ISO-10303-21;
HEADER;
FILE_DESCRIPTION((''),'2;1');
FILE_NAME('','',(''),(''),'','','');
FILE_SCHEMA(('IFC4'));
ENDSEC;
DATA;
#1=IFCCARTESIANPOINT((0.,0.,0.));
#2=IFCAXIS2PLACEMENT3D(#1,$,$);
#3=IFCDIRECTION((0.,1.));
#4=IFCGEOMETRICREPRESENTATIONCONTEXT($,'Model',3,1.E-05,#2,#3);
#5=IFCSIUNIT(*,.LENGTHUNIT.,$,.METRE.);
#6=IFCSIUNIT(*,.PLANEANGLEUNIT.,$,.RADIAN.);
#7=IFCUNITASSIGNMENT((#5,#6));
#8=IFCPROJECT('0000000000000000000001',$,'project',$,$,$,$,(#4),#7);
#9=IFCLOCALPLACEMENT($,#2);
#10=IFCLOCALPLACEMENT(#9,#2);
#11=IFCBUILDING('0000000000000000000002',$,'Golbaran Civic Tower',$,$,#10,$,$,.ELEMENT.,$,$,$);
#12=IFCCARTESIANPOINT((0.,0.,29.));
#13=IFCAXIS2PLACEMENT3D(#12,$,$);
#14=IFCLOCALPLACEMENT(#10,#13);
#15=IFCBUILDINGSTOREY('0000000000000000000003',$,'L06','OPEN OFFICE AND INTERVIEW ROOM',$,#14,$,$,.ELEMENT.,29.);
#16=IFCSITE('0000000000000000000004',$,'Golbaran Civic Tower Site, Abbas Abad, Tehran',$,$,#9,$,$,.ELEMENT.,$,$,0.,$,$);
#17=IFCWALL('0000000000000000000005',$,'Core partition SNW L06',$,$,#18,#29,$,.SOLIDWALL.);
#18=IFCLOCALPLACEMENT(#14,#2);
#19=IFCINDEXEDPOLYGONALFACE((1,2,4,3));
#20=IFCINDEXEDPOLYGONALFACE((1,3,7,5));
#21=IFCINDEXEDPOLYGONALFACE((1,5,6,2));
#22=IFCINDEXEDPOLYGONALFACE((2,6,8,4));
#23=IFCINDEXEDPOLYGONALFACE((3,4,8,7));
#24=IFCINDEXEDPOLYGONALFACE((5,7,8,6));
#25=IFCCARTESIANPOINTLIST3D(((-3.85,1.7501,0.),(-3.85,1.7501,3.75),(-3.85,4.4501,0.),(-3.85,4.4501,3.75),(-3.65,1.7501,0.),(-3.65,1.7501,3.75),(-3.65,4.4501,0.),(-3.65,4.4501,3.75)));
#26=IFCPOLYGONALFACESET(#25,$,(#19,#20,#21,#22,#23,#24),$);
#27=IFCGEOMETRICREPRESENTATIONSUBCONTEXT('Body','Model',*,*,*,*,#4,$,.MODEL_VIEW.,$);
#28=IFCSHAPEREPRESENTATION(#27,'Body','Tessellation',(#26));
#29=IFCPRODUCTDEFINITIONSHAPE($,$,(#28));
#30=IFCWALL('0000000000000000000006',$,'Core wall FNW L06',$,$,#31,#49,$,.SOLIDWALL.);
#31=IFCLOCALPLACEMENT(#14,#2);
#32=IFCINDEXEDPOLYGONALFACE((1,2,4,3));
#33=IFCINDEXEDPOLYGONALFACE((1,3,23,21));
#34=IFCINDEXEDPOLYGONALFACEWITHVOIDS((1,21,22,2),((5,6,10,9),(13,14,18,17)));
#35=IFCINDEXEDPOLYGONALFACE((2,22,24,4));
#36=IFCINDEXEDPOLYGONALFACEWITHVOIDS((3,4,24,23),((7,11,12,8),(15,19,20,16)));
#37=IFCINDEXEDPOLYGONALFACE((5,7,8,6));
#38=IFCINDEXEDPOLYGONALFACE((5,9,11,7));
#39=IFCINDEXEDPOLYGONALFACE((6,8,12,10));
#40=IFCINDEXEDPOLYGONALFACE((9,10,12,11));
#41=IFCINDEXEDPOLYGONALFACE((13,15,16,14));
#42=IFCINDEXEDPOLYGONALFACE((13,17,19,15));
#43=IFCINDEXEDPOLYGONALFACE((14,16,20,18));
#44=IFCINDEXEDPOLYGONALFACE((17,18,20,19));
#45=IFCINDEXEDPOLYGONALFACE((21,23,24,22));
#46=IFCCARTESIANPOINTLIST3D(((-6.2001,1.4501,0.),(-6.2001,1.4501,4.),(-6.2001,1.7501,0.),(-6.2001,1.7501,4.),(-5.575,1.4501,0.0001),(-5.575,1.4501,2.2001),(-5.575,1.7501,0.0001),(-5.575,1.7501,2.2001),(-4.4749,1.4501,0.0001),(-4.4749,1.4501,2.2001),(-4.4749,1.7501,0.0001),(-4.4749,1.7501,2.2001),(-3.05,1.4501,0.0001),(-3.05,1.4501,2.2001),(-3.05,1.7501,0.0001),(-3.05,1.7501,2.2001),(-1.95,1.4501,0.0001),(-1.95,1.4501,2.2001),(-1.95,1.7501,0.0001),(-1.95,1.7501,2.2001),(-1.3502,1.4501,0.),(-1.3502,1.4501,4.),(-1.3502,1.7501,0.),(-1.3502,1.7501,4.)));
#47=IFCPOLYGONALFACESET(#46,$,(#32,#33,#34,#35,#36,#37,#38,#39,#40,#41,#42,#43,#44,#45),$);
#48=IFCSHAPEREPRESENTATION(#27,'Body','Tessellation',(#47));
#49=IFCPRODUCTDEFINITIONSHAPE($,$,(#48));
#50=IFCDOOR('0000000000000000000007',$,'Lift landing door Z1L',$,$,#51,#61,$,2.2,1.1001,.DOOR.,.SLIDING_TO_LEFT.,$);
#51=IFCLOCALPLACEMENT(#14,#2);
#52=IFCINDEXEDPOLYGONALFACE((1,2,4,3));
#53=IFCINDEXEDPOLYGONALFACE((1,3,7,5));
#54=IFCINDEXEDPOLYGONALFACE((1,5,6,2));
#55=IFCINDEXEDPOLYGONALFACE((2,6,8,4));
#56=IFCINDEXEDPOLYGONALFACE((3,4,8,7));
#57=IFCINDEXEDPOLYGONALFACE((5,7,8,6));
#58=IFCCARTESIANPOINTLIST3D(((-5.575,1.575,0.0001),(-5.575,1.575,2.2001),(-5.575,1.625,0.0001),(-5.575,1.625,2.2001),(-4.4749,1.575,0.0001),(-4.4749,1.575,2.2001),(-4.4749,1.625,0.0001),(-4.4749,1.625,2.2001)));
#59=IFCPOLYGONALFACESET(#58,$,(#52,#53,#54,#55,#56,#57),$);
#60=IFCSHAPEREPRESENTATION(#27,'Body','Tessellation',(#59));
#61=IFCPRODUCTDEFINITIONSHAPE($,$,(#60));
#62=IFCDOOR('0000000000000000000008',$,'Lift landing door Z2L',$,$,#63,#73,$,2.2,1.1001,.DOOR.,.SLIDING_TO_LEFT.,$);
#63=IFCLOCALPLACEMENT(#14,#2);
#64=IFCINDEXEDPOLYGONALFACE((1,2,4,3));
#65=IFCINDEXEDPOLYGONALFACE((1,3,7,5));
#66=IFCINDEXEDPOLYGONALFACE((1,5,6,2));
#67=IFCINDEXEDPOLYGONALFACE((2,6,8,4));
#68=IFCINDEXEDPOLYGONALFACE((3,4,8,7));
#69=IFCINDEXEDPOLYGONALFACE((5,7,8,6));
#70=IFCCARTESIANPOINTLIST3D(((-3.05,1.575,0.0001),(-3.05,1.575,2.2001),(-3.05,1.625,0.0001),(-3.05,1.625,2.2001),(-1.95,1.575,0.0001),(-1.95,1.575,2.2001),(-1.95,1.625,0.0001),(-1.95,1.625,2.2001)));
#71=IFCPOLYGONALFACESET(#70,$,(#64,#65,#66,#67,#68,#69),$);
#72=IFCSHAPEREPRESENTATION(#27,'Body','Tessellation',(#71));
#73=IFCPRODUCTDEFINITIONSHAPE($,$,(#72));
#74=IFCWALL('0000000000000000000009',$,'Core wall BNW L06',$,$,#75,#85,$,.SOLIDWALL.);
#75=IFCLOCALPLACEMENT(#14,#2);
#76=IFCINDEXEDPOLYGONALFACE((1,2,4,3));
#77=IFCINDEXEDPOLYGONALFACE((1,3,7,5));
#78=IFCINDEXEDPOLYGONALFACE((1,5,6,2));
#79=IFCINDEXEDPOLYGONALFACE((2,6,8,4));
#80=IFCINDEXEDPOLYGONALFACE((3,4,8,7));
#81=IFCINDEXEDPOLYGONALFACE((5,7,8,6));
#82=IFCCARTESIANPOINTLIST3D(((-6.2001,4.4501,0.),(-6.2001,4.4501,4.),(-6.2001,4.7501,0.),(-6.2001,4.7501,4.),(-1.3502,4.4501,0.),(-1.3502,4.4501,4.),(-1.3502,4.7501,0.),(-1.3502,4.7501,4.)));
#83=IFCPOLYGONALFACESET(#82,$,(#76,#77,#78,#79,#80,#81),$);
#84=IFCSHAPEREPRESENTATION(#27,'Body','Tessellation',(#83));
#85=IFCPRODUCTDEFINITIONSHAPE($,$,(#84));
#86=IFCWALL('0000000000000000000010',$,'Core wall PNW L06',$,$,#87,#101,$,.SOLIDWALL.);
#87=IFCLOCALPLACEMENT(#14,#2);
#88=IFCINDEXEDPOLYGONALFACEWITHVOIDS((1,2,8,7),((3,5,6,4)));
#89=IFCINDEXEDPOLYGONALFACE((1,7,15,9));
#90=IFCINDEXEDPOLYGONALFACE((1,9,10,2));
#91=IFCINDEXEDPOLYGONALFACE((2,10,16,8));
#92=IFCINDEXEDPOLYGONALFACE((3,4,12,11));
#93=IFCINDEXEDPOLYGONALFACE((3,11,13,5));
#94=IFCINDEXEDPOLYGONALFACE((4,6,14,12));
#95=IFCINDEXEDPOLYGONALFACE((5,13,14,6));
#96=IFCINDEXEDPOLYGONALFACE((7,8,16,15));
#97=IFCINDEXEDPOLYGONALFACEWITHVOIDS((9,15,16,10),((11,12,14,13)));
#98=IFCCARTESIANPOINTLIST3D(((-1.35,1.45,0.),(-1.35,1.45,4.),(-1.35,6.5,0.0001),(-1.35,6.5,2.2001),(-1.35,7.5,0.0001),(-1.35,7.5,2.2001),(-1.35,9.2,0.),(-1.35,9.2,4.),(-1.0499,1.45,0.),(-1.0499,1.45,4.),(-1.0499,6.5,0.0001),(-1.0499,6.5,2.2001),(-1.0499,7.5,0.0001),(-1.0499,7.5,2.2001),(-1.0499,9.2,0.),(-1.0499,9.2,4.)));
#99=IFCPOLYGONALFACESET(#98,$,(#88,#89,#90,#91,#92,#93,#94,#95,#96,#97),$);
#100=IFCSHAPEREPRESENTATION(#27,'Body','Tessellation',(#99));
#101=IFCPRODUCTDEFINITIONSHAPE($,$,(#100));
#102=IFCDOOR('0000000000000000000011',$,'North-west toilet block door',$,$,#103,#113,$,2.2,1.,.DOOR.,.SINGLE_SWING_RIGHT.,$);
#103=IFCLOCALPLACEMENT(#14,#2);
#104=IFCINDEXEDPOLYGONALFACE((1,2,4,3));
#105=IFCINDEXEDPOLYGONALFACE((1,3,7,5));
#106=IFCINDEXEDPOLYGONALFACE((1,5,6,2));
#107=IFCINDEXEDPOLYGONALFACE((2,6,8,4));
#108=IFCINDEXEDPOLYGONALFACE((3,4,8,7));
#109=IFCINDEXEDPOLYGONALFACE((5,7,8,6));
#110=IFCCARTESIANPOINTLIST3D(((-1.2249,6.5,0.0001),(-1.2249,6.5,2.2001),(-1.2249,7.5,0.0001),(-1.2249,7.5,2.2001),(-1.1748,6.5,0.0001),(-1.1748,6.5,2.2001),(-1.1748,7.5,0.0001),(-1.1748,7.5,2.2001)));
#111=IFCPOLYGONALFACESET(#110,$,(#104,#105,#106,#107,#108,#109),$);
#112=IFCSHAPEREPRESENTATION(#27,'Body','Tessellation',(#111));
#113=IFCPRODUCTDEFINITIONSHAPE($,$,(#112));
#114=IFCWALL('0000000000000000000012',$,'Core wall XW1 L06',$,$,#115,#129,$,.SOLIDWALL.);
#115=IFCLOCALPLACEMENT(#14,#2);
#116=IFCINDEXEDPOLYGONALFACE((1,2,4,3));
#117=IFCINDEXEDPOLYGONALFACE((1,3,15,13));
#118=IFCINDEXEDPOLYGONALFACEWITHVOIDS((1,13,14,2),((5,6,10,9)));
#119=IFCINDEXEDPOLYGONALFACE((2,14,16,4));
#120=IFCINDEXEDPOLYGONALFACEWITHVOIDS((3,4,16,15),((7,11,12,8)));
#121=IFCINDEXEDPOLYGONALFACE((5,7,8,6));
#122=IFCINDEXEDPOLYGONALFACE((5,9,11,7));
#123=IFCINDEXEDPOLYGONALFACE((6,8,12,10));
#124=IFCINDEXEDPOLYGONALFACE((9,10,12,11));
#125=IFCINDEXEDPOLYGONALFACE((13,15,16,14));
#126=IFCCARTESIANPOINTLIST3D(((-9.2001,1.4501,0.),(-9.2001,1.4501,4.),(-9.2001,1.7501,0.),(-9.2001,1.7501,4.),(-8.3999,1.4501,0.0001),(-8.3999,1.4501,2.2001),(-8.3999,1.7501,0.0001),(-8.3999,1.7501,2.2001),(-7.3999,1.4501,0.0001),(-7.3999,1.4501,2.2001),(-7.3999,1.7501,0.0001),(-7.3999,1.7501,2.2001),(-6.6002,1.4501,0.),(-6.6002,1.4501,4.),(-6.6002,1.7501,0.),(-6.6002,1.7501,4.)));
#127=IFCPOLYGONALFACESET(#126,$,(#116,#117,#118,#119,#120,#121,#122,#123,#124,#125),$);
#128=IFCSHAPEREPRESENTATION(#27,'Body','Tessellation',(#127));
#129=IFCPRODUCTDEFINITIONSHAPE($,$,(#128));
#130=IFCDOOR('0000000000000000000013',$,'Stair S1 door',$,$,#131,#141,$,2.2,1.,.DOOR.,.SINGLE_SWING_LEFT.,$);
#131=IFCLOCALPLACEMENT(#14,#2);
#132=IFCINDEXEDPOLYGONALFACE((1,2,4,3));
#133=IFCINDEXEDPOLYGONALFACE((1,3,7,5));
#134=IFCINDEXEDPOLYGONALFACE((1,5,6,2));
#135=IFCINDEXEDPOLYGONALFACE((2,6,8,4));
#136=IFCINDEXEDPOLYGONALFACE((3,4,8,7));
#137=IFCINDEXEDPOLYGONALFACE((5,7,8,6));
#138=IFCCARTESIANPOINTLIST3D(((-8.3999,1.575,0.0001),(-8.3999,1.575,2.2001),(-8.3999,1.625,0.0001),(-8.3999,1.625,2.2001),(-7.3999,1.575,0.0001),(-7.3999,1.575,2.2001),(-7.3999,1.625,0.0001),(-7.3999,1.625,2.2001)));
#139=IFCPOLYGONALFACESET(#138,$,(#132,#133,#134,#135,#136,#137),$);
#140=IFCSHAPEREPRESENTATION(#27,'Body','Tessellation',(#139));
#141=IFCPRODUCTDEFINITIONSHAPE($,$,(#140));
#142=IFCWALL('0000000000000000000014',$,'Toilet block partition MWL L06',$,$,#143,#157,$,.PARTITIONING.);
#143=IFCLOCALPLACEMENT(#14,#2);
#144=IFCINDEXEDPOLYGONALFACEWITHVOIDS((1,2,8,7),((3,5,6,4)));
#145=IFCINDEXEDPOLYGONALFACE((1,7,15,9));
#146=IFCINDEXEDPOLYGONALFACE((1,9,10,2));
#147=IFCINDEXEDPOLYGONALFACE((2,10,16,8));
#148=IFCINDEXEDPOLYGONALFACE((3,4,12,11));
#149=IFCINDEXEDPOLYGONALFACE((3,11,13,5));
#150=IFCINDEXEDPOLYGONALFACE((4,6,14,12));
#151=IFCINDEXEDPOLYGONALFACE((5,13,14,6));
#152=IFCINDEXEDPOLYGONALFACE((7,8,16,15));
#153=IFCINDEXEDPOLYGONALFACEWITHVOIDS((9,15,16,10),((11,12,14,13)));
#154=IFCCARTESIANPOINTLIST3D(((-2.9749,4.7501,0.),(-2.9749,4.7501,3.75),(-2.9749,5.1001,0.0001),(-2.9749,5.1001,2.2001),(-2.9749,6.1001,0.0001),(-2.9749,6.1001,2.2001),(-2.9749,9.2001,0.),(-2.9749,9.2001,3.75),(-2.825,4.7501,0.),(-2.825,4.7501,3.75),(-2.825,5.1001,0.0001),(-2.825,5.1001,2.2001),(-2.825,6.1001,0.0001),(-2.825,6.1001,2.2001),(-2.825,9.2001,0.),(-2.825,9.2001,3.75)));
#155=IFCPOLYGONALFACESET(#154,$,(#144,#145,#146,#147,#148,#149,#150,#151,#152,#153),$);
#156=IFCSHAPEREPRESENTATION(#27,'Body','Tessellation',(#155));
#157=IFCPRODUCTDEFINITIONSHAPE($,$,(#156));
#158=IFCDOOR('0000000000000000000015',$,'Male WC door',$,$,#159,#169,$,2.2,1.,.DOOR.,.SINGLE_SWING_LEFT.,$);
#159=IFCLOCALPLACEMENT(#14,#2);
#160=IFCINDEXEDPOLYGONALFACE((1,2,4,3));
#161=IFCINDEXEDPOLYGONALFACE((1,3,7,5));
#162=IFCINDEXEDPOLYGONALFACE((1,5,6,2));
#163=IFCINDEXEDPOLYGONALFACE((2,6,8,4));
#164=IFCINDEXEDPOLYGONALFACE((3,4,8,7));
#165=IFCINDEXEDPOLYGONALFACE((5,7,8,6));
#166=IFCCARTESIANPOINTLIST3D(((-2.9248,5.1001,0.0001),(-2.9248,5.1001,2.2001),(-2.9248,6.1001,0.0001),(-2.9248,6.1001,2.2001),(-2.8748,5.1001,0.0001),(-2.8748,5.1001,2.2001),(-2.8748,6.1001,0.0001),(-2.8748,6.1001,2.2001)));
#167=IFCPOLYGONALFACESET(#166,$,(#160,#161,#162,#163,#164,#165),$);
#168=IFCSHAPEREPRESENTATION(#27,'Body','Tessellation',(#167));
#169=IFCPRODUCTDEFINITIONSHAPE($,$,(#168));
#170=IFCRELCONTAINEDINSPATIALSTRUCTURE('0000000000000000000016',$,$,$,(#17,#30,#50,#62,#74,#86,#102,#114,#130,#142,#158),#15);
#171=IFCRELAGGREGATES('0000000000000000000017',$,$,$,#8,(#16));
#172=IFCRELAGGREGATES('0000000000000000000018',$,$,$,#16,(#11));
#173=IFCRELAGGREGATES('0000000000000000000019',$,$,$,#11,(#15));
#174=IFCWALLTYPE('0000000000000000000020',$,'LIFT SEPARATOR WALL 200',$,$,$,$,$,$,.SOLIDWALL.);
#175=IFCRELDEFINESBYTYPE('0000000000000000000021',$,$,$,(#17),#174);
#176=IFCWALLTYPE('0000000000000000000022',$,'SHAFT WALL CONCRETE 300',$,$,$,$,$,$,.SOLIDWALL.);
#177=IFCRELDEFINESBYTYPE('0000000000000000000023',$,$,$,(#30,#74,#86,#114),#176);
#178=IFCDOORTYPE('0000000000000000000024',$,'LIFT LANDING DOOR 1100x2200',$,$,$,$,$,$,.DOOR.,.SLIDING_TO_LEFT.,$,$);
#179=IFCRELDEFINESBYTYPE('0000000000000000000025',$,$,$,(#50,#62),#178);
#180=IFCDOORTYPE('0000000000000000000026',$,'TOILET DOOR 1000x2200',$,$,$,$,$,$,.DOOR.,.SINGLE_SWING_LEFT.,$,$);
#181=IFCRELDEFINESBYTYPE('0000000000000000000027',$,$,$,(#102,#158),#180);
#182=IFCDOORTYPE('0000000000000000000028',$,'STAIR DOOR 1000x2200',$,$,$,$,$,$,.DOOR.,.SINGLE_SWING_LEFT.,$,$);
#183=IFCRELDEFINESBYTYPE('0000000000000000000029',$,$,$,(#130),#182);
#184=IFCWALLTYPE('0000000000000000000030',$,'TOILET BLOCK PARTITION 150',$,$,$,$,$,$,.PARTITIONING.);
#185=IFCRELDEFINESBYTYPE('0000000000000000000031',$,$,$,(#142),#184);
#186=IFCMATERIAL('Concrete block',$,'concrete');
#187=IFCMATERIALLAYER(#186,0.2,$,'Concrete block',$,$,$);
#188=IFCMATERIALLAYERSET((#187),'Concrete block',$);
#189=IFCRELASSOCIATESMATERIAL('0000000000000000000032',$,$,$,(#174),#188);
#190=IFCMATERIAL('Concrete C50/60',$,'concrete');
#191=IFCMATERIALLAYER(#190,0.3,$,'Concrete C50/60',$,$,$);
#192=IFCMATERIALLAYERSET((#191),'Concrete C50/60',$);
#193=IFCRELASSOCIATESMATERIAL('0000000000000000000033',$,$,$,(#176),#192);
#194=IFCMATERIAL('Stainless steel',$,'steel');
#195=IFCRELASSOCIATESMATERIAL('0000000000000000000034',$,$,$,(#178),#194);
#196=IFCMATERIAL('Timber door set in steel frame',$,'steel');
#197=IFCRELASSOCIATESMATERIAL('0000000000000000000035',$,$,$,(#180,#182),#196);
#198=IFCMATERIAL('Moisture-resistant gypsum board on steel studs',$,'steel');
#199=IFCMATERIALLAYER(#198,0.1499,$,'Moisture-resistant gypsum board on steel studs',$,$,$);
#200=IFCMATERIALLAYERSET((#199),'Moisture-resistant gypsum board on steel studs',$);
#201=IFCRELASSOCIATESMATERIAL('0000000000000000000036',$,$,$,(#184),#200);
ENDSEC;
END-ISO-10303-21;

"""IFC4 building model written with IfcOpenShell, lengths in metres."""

from ifc_helpers import new_model, si_unit, direction, frame, frame_2d, origin, place, context, subcontext, project, spatial, rectangle, extrude, material, layer, layer_set, type_object, element, fill, save


model = new_model("IFC4")

# Units and contexts
model_context = context("Model", 3, precision=1e-05, world=origin(), true_north=direction((0.0, 1.0)))
body_context = subcontext(model_context, "Body", "Model", "MODEL_VIEW")
ifc_project = project(units=[si_unit("LENGTHUNIT", "METRE"), si_unit("PLANEANGLEUNIT", "RADIAN")], contexts=[model_context])

# Site, building, storey
site_placement = place(None, origin())
site = spatial("IfcSite", under=ifc_project, at=site_placement, Name="Golbaran Civic Tower Site, Abbas Abad, Tehran", CompositionType="ELEMENT", RefElevation=0.0)
building_placement = place(site_placement, origin())
building = spatial("IfcBuilding", under=site, at=building_placement, Name="Golbaran Civic Tower", CompositionType="ELEMENT")
storey_placement = place(building_placement, frame((0.0, 0.0, 29.0)))
storey = spatial("IfcBuildingStorey", under=building, at=storey_placement, Name="L06", Description="OPEN OFFICE AND INTERVIEW ROOM", CompositionType="ELEMENT", Elevation=29.0)

# Wall
ifc_material_1 = material(Name="Concrete block", Category="concrete")
ifc_layer_1 = layer(ifc_material_1, 0.2, Name="Concrete block")
ifc_layer_set_1 = layer_set([ifc_layer_1], Name="Concrete block")
wall_type_1 = type_object("IfcWallType", Name="LIFT SEPARATOR WALL 200", PredefinedType="SOLIDWALL", material=ifc_layer_set_1)
wall_1_placement = place(storey_placement, frame((-3.75, 1.75, 0.0), z_axis=(0.0, 0.0, 1.0), x_axis=(0.0, 1.0, 0.0)))
element("IfcWall", 1, at=wall_1_placement, inside=storey, type_object=wall_type_1, Name="Core partition SNW L06", PredefinedType="SOLIDWALL", context=body_context, shape_type="SweptSolid", body=[
    extrude(rectangle(XDim=2.7, YDim=0.2, at=frame_2d((1.3501, 0.0))), origin(), (0.0, 0.0, 1.0), 3.75),
])

# Wall, openings, doors
ifc_material_2 = material(Name="Concrete C50/60", Category="concrete")
ifc_layer_2 = layer(ifc_material_2, 0.3, Name="Concrete C50/60")
ifc_layer_set_2 = layer_set([ifc_layer_2], Name="Concrete C50/60")
wall_type_2 = type_object("IfcWallType", Name="SHAFT WALL CONCRETE 300", PredefinedType="SOLIDWALL", material=ifc_layer_set_2)
wall_2_placement = place(storey_placement, frame((-6.2, 1.6001, 0.0), z_axis=(0.0, 0.0, 1.0), x_axis=(1.0, 0.0, 0.0)))
wall_2 = element("IfcWall", 2, at=wall_2_placement, inside=storey, type_object=wall_type_2, Name="Core wall FNW L06", PredefinedType="SOLIDWALL", context=body_context, shape_type="SweptSolid", body=[
    extrude(rectangle(XDim=4.8499, YDim=0.3, at=frame_2d((2.4248, 0.0))), origin(), (0.0, 0.0, 1.0), 4.0),
])
opening_1_placement = place(wall_2_placement, frame((0.625, 0.0, 0.0)))
opening_1 = element("IfcOpeningElement", 3, at=opening_1_placement, cuts=wall_2, PredefinedType="OPENING", context=body_context, shape_type="SweptSolid", body=[
    extrude(rectangle(XDim=1.1001, YDim=2.2, at=frame_2d((0.55, 1.1001))), frame((0.0, 0.1599, 0.0), z_axis=(0.0, -1.0, 0.0), x_axis=(1.0, 0.0, 0.0)), (0.0, 0.0, 1.0), 0.3201),
])
opening_2_placement = place(wall_2_placement, frame((3.1499, 0.0, 0.0)))
opening_2 = element("IfcOpeningElement", 4, at=opening_2_placement, cuts=wall_2, PredefinedType="OPENING", context=body_context, shape_type="SweptSolid", body=[
    extrude(rectangle(XDim=1.1001, YDim=2.2, at=frame_2d((0.55, 1.1001))), frame((0.0, 0.1599, 0.0), z_axis=(0.0, -1.0, 0.0), x_axis=(1.0, 0.0, 0.0)), (0.0, 0.0, 1.0), 0.3201),
])
ifc_material_3 = material(Name="Stainless steel", Category="steel")
door_type_1 = type_object("IfcDoorType", Name="LIFT LANDING DOOR 1100x2200", OperationType="SLIDING_TO_LEFT", PredefinedType="DOOR", material=ifc_material_3)
door_1_placement = place(opening_1_placement, origin())
door_1 = element("IfcDoor", 5, at=door_1_placement, inside=storey, type_object=door_type_1, Name="Lift landing door Z1L", OperationType="SLIDING_TO_LEFT", OverallHeight=2.2, OverallWidth=1.1001, PredefinedType="DOOR", context=body_context, shape_type="SweptSolid", body=[
    extrude(rectangle(XDim=1.1001, YDim=2.2, at=frame_2d((0.55, 1.1001))), frame((0.0, 0.0249, 0.0), z_axis=(0.0, -1.0, 0.0), x_axis=(1.0, 0.0, 0.0)), (0.0, 0.0, 1.0), 0.05),
])
fill(opening_1, door_1)
door_2_placement = place(opening_2_placement, origin())
door_2 = element("IfcDoor", 6, at=door_2_placement, inside=storey, type_object=door_type_1, Name="Lift landing door Z2L", OperationType="SLIDING_TO_LEFT", OverallHeight=2.2, OverallWidth=1.1001, PredefinedType="DOOR", context=body_context, shape_type="SweptSolid", body=[
    extrude(rectangle(XDim=1.1001, YDim=2.2, at=frame_2d((0.55, 1.1001))), frame((0.0, 0.0249, 0.0), z_axis=(0.0, -1.0, 0.0), x_axis=(1.0, 0.0, 0.0)), (0.0, 0.0, 1.0), 0.05),
])
fill(opening_2, door_2)

# Wall
wall_3_placement = place(storey_placement, frame((-6.2, 4.6001, 0.0), z_axis=(0.0, 0.0, 1.0), x_axis=(1.0, 0.0, 0.0)))
element("IfcWall", 7, at=wall_3_placement, inside=storey, type_object=wall_type_2, Name="Core wall BNW L06", PredefinedType="SOLIDWALL", context=body_context, shape_type="SweptSolid", body=[
    extrude(rectangle(XDim=4.8499, YDim=0.3, at=frame_2d((2.4248, 0.0))), origin(), (0.0, 0.0, 1.0), 4.0),
])

# Walls, openings, doors
wall_4_placement = place(storey_placement, frame((-1.2, 1.45, 0.0), z_axis=(0.0, 0.0, 1.0), x_axis=(0.0, 1.0, 0.0)))
wall_4 = element("IfcWall", 8, at=wall_4_placement, inside=storey, type_object=wall_type_2, Name="Core wall PNW L06", PredefinedType="SOLIDWALL", context=body_context, shape_type="SweptSolid", body=[
    extrude(rectangle(XDim=7.75, YDim=0.3, at=frame_2d((3.875, 0.0))), origin(), (0.0, 0.0, 1.0), 4.0),
])
opening_3_placement = place(wall_4_placement, frame((5.05, 0.0, 0.0)))
opening_3 = element("IfcOpeningElement", 9, at=opening_3_placement, cuts=wall_4, PredefinedType="OPENING", context=body_context, shape_type="SweptSolid", body=[
    extrude(rectangle(XDim=1.0, YDim=2.2, at=frame_2d((0.5, 1.1001))), frame((0.0, 0.1599, 0.0), z_axis=(0.0, -1.0, 0.0), x_axis=(1.0, 0.0, 0.0)), (0.0, 0.0, 1.0), 0.3201),
])
ifc_material_4 = material(Name="Timber door set in steel frame", Category="steel")
door_type_2 = type_object("IfcDoorType", Name="TOILET DOOR 1000x2200", OperationType="SINGLE_SWING_LEFT", PredefinedType="DOOR", material=ifc_material_4)
door_3_placement = place(opening_3_placement, origin())
door_3 = element("IfcDoor", 10, at=door_3_placement, inside=storey, type_object=door_type_2, Name="North-west toilet block door", OperationType="SINGLE_SWING_RIGHT", OverallHeight=2.2, OverallWidth=1.0, PredefinedType="DOOR", context=body_context, shape_type="SweptSolid", body=[
    extrude(rectangle(XDim=1.0, YDim=2.2, at=frame_2d((0.5, 1.1001))), frame((0.0, 0.0249, 0.0), z_axis=(0.0, -1.0, 0.0), x_axis=(1.0, 0.0, 0.0)), (0.0, 0.0, 1.0), 0.05),
])
fill(opening_3, door_3)
wall_5_placement = place(storey_placement, frame((-9.2, 1.6001, 0.0), z_axis=(0.0, 0.0, 1.0), x_axis=(1.0, 0.0, 0.0)))
wall_5 = element("IfcWall", 11, at=wall_5_placement, inside=storey, type_object=wall_type_2, Name="Core wall XW1 L06", PredefinedType="SOLIDWALL", context=body_context, shape_type="SweptSolid", body=[
    extrude(rectangle(XDim=2.5999, YDim=0.3, at=frame_2d((1.2998, 0.0))), origin(), (0.0, 0.0, 1.0), 4.0),
])
opening_4_placement = place(wall_5_placement, frame((0.8, 0.0, 0.0)))
opening_4 = element("IfcOpeningElement", 12, at=opening_4_placement, cuts=wall_5, PredefinedType="OPENING", context=body_context, shape_type="SweptSolid", body=[
    extrude(rectangle(XDim=1.0, YDim=2.2, at=frame_2d((0.5, 1.1001))), frame((0.0, 0.1599, 0.0), z_axis=(0.0, -1.0, 0.0), x_axis=(1.0, 0.0, 0.0)), (0.0, 0.0, 1.0), 0.3201),
])
door_type_3 = type_object("IfcDoorType", Name="STAIR DOOR 1000x2200", OperationType="SINGLE_SWING_LEFT", PredefinedType="DOOR", material=ifc_material_4)
door_4_placement = place(opening_4_placement, origin())
door_4 = element("IfcDoor", 13, at=door_4_placement, inside=storey, type_object=door_type_3, Name="Stair S1 door", OperationType="SINGLE_SWING_LEFT", OverallHeight=2.2, OverallWidth=1.0, PredefinedType="DOOR", context=body_context, shape_type="SweptSolid", body=[
    extrude(rectangle(XDim=1.0, YDim=2.2, at=frame_2d((0.5, 1.1001))), frame((0.0, 0.0249, 0.0), z_axis=(0.0, -1.0, 0.0), x_axis=(1.0, 0.0, 0.0)), (0.0, 0.0, 1.0), 0.05),
])
fill(opening_4, door_4)
ifc_material_5 = material(Name="Moisture-resistant gypsum board on steel studs", Category="steel")
ifc_layer_3 = layer(ifc_material_5, 0.1499, Name="Moisture-resistant gypsum board on steel studs")
ifc_layer_set_3 = layer_set([ifc_layer_3], Name="Moisture-resistant gypsum board on steel studs")
wall_type_3 = type_object("IfcWallType", Name="TOILET BLOCK PARTITION 150", PredefinedType="PARTITIONING", material=ifc_layer_set_3)
wall_6_placement = place(storey_placement, frame((-2.8999, 4.75, 0.0), z_axis=(0.0, 0.0, 1.0), x_axis=(0.0, 1.0, 0.0)))
wall_6 = element("IfcWall", 14, at=wall_6_placement, inside=storey, type_object=wall_type_3, Name="Toilet block partition MWL L06", PredefinedType="PARTITIONING", context=body_context, shape_type="SweptSolid", body=[
    extrude(rectangle(XDim=4.45, YDim=0.1499, at=frame_2d((2.2251, 0.0))), origin(), (0.0, 0.0, 1.0), 3.75),
])
opening_5_placement = place(wall_6_placement, frame((0.3501, 0.0, 0.0)))
opening_5 = element("IfcOpeningElement", 15, at=opening_5_placement, cuts=wall_6, PredefinedType="OPENING", context=body_context, shape_type="SweptSolid", body=[
    extrude(rectangle(XDim=1.0, YDim=2.2, at=frame_2d((0.5, 1.1001))), frame((0.0, 0.085, 0.0), z_axis=(0.0, -1.0, 0.0), x_axis=(1.0, 0.0, 0.0)), (0.0, 0.0, 1.0), 0.1699),
])
door_5_placement = place(opening_5_placement, origin())
door_5 = element("IfcDoor", 16, at=door_5_placement, inside=storey, type_object=door_type_2, Name="Male WC door", OperationType="SINGLE_SWING_LEFT", OverallHeight=2.2, OverallWidth=1.0, PredefinedType="DOOR", context=body_context, shape_type="SweptSolid", body=[
    extrude(rectangle(XDim=1.0, YDim=2.2, at=frame_2d((0.5, 1.1001))), frame((0.0, 0.0249, 0.0), z_axis=(0.0, -1.0, 0.0), x_axis=(1.0, 0.0, 0.0)), (0.0, 0.0, 1.0), 0.05),
])
fill(opening_5, door_5)

save(model, "model.ifc")
